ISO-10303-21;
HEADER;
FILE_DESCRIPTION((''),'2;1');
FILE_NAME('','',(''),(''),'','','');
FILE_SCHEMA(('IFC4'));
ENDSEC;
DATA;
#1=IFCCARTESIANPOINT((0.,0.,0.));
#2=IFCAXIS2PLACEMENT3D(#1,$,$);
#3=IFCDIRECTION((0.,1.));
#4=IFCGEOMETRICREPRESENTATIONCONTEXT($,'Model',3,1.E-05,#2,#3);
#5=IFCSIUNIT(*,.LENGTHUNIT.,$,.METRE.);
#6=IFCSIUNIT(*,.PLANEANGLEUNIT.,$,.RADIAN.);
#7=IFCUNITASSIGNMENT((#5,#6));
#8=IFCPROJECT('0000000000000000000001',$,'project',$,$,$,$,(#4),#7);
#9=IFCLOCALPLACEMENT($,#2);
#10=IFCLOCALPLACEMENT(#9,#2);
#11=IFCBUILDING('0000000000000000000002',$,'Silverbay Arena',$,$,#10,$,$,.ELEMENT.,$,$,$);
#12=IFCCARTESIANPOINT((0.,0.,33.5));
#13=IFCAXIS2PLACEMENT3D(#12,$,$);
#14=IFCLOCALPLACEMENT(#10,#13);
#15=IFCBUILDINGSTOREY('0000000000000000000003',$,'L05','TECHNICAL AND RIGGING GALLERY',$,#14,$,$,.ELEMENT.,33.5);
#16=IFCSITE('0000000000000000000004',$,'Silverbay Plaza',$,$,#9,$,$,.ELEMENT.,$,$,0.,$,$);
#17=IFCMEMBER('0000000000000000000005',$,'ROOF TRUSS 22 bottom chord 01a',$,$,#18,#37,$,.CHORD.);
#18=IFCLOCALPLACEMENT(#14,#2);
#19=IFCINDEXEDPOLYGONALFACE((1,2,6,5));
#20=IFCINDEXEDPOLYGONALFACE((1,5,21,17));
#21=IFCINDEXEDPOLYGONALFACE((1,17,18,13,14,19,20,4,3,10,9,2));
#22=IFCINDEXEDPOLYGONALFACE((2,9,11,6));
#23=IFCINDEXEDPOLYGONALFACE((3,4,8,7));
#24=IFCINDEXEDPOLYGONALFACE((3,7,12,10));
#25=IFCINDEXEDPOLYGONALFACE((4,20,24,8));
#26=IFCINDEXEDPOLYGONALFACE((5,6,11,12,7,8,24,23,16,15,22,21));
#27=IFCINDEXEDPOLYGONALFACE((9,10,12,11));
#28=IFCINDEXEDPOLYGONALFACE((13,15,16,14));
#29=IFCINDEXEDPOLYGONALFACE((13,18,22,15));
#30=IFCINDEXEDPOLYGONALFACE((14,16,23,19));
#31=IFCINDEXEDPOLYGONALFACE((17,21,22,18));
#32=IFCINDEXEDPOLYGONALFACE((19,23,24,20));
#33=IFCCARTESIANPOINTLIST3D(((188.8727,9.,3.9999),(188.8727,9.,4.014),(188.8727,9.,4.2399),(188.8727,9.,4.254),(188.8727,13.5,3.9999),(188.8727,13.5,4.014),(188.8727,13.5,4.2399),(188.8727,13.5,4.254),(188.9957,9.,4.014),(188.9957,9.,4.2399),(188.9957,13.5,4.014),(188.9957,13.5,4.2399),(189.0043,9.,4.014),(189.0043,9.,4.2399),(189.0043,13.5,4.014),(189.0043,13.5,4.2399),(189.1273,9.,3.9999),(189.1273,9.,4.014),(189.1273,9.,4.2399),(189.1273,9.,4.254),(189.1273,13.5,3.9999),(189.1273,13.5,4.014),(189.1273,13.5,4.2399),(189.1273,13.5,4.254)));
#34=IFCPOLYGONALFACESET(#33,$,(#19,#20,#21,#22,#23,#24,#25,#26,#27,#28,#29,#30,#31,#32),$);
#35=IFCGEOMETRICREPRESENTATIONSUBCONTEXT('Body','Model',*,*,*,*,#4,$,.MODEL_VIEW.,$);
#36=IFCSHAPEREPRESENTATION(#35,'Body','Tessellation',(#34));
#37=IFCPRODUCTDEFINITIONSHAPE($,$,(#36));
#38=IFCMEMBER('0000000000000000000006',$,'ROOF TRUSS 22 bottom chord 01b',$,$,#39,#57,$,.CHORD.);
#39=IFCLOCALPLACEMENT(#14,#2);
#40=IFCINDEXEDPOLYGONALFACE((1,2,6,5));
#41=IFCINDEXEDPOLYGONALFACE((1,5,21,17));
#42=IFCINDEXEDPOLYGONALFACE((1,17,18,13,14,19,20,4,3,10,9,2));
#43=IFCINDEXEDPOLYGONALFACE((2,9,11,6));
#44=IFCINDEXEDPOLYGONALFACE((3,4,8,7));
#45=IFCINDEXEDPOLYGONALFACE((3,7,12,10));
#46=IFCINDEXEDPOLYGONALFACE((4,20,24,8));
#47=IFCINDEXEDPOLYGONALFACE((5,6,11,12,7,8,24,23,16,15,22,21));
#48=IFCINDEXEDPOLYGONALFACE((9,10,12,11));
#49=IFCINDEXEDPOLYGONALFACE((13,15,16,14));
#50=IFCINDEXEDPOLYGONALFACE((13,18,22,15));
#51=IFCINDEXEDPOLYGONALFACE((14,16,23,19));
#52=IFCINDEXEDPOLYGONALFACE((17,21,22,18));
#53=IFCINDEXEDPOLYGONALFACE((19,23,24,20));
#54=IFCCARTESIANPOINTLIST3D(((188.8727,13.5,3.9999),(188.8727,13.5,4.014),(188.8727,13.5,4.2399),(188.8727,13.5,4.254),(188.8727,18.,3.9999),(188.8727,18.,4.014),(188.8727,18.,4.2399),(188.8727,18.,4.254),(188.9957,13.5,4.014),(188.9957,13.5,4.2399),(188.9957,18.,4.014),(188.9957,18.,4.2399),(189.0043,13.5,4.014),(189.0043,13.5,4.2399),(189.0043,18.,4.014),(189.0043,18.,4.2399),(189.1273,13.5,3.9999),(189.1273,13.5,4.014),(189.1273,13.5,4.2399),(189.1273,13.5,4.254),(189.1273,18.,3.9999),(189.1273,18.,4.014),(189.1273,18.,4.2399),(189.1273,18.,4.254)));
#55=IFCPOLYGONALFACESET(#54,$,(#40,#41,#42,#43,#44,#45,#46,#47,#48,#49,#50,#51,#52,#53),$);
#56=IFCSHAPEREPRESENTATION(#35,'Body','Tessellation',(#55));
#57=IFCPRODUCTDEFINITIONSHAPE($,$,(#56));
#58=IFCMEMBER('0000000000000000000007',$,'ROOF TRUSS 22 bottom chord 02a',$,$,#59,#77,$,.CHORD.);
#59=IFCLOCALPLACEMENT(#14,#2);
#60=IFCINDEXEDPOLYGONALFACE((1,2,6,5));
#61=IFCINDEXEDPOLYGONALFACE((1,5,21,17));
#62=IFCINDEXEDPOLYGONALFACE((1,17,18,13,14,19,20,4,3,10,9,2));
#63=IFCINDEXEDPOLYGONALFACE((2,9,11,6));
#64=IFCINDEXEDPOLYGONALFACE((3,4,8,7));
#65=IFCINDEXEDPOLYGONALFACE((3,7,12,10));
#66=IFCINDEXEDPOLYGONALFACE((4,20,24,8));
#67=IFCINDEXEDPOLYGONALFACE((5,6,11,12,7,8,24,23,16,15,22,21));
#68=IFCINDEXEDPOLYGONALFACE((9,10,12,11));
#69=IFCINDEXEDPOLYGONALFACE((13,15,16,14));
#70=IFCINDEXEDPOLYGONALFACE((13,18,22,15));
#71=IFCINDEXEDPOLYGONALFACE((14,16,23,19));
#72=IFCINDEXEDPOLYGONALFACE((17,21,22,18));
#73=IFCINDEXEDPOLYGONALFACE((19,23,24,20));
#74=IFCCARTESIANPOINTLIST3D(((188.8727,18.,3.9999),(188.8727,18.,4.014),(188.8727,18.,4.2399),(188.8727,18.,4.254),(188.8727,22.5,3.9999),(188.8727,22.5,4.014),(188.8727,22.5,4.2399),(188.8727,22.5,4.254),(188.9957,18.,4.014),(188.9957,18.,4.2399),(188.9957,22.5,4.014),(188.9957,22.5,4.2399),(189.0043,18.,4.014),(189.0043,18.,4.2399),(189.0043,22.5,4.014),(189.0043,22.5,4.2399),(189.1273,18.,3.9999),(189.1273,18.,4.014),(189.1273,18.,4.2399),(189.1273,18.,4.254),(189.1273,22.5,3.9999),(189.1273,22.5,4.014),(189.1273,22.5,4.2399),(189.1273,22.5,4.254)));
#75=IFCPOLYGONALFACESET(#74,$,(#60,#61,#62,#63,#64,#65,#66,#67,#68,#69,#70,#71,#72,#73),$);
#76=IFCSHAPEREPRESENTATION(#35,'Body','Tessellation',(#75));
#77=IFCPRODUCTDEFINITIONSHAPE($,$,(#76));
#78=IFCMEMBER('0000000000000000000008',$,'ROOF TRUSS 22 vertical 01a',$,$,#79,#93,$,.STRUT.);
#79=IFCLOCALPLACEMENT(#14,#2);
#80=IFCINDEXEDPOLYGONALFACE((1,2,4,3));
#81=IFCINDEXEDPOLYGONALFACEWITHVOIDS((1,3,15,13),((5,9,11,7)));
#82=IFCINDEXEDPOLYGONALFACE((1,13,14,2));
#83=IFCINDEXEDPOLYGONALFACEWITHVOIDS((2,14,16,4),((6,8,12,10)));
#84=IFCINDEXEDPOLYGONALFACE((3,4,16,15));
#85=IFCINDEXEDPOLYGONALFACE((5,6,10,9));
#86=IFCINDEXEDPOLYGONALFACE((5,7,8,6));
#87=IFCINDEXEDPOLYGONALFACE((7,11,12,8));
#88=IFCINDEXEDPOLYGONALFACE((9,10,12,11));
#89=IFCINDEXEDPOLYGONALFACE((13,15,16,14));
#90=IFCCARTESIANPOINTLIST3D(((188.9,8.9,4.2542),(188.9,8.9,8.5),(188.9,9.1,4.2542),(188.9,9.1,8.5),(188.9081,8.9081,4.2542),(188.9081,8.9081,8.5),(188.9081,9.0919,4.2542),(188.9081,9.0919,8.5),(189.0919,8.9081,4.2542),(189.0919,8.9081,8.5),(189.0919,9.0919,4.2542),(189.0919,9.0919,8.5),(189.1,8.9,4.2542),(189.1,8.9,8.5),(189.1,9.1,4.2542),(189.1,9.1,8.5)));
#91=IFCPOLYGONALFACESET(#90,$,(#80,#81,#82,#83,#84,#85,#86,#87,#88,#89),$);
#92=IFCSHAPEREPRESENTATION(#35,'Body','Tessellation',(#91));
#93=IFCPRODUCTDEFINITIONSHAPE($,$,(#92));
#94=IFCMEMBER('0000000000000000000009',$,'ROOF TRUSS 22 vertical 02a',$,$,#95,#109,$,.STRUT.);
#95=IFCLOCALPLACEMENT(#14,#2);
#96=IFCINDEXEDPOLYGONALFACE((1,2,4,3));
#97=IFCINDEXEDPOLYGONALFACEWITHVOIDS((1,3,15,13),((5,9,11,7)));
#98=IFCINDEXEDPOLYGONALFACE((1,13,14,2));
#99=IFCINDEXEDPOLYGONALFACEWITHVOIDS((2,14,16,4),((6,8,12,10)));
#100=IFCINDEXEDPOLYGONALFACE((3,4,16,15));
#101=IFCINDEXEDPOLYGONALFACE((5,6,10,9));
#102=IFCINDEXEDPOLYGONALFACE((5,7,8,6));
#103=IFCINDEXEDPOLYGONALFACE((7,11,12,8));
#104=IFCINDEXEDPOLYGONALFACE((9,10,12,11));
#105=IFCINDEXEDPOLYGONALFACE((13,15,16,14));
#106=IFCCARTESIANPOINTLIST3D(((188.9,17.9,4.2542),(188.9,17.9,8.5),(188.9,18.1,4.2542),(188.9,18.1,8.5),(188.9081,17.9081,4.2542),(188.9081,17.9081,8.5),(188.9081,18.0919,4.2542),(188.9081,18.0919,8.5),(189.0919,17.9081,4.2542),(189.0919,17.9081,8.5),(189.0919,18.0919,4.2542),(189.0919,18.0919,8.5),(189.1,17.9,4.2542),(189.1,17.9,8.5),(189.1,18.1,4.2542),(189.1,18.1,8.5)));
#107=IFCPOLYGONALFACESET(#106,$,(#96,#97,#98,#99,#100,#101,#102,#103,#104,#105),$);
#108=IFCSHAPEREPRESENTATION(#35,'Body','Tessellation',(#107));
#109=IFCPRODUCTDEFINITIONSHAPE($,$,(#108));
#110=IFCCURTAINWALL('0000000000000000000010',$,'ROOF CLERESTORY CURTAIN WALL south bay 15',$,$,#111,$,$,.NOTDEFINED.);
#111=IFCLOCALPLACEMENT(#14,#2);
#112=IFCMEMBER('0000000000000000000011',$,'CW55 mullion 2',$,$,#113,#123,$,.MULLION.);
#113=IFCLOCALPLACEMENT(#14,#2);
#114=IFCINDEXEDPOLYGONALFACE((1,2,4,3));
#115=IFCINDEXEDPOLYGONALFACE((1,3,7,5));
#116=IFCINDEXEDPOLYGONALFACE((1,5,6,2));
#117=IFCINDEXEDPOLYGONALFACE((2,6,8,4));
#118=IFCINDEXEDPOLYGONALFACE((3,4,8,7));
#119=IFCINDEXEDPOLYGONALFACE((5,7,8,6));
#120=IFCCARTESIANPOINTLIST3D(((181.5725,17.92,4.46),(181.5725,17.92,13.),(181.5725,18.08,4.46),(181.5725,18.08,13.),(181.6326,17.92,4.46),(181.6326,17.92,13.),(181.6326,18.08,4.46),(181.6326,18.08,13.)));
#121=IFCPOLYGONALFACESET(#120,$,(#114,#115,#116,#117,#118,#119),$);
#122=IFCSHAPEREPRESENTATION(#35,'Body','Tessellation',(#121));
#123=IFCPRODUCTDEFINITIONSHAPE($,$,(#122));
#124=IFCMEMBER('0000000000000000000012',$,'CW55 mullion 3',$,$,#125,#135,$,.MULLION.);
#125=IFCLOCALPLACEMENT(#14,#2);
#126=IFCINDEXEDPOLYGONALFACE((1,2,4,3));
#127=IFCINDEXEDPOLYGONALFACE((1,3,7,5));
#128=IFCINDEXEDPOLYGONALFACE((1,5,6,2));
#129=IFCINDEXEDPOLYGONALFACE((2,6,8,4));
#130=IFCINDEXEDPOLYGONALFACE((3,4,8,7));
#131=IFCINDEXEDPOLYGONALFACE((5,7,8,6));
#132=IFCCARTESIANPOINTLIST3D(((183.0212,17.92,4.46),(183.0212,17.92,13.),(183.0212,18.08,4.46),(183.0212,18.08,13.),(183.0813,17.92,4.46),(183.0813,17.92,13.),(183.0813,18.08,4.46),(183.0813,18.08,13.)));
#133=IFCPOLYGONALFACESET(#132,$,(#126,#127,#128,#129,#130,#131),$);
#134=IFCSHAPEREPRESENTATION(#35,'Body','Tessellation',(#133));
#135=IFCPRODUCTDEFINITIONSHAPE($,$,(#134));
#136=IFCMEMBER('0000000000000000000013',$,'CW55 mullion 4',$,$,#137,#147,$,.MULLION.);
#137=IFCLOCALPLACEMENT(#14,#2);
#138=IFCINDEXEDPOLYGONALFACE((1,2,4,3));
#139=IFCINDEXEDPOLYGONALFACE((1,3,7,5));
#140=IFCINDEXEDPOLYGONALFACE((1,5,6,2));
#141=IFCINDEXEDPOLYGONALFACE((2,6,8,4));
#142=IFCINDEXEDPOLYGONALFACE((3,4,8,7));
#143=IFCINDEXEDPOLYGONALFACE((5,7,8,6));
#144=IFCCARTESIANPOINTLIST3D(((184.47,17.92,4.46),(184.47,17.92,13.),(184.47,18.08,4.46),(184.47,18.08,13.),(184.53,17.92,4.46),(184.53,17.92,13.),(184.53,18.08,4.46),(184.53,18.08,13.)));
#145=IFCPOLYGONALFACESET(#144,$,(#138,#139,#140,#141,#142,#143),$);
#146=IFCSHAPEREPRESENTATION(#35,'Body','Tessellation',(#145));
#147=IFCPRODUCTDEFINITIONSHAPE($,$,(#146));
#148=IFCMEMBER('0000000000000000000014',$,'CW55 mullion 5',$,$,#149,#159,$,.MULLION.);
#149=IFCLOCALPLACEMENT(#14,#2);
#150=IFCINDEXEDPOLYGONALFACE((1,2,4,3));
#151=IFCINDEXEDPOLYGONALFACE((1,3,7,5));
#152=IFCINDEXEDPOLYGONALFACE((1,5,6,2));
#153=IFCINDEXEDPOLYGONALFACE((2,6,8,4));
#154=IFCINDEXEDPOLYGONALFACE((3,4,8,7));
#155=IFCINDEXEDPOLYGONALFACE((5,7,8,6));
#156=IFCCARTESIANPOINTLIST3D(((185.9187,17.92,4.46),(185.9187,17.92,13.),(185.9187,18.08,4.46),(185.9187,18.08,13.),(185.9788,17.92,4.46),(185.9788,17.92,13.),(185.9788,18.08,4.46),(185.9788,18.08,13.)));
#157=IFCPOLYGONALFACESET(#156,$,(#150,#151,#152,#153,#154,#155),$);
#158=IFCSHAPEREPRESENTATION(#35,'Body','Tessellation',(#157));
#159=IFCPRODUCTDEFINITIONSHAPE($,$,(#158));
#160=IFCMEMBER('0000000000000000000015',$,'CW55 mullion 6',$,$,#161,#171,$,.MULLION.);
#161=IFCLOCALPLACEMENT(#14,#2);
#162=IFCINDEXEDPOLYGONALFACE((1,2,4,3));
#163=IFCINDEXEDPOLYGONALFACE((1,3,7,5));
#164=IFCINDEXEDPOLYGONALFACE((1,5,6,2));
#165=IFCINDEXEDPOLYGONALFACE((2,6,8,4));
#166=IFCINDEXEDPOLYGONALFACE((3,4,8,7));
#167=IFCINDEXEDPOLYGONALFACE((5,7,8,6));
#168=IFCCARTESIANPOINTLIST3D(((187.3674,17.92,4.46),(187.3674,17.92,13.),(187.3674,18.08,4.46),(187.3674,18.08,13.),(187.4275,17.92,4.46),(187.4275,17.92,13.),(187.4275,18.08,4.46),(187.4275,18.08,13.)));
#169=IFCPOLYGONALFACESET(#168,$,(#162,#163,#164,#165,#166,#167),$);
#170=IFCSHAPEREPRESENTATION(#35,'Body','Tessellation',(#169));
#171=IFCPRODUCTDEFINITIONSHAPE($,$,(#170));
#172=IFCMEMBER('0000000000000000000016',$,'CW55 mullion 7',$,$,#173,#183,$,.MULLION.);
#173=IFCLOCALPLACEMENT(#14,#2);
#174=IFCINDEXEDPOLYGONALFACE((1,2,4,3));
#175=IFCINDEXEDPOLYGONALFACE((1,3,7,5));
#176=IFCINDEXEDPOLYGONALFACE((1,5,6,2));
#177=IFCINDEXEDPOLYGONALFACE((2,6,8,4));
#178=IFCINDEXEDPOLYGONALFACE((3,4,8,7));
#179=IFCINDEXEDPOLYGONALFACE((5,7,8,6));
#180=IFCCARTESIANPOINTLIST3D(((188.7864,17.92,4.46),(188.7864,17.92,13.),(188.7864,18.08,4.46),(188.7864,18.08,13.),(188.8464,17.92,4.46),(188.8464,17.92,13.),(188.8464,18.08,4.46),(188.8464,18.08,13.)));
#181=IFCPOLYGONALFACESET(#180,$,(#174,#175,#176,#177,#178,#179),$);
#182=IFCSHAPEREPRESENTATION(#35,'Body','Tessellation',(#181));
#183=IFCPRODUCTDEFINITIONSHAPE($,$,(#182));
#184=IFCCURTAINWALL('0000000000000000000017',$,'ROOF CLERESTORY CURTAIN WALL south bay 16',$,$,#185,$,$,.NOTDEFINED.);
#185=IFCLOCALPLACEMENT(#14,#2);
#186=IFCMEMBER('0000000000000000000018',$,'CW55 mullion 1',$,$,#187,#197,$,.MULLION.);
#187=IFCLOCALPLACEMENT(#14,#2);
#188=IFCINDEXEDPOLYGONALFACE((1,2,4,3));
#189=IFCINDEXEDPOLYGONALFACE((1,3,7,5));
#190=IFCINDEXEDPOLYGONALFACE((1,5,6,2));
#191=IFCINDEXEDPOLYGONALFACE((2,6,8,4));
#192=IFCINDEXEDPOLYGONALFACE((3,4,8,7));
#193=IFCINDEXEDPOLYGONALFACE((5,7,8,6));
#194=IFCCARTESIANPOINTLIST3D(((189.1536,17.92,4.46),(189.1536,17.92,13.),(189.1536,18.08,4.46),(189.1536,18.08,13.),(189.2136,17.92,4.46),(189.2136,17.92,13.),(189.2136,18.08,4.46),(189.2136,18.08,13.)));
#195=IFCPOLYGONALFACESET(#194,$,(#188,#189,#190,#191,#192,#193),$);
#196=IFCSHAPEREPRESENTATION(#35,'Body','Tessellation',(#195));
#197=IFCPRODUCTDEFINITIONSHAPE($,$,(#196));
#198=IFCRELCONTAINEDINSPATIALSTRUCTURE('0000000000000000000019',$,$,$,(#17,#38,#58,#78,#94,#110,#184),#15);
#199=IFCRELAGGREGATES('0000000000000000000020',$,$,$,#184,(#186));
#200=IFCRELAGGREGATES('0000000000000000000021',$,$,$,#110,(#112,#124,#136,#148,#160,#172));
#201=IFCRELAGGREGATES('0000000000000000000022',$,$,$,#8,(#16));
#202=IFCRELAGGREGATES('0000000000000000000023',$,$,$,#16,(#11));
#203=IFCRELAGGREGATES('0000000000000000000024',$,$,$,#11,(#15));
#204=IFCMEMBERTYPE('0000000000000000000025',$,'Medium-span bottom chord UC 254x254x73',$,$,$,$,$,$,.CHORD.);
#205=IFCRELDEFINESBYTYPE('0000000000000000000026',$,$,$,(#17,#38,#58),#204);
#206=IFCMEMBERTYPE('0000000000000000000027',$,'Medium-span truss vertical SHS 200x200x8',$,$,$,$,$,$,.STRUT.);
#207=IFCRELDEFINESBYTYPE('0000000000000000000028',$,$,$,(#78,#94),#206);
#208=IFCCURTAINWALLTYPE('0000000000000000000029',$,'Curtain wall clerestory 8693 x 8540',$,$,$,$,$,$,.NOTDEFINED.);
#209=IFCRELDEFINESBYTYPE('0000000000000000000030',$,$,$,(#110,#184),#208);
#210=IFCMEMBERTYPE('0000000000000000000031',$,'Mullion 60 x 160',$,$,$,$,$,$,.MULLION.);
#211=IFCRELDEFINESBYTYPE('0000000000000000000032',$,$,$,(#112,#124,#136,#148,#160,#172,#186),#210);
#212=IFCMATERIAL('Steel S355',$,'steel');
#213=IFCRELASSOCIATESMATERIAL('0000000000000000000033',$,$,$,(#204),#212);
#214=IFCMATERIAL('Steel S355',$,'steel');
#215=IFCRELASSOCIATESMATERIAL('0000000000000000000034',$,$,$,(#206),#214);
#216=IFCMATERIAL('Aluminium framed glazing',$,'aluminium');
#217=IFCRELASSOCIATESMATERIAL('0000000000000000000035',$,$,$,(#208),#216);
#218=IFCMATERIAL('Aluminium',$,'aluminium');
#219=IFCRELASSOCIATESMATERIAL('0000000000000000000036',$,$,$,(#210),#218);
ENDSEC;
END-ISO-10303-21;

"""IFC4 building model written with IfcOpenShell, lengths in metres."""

from ifc_helpers import new_model, si_unit, direction, frame, origin, origin_2d, place, context, subcontext, project, spatial, rectangle, hollow_rectangle, i_section, extrude, material, material_profile, profile_set, type_object, element, aggregate, save


model = new_model("IFC4")

# Units and contexts
model_context = context("Model", 3, precision=1e-05, world=origin(), true_north=direction((0.0, 1.0)))
body_context = subcontext(model_context, "Body", "Model", "MODEL_VIEW")
ifc_project = project(units=[si_unit("LENGTHUNIT", "METRE"), si_unit("PLANEANGLEUNIT", "RADIAN")], contexts=[model_context])

# Site, building, storey
site_placement = place(None, origin())
site = spatial("IfcSite", under=ifc_project, at=site_placement, Name="Silverbay Plaza", CompositionType="ELEMENT", RefElevation=0.0)
building_placement = place(site_placement, origin())
building = spatial("IfcBuilding", under=site, at=building_placement, Name="Silverbay Arena", CompositionType="ELEMENT")
storey_placement = place(building_placement, frame((0.0, 0.0, 33.5)))
storey = spatial("IfcBuildingStorey", under=building, at=storey_placement, Name="L05", Description="TECHNICAL AND RIGGING GALLERY", CompositionType="ELEMENT", Elevation=33.5)

# Members
ifc_material_1 = material(Name="Steel S355", Category="steel")
ifc_material_profile_1 = material_profile(ifc_material_1, i_section(OverallWidth=0.2546, OverallDepth=0.2542, WebThickness=0.0085, FlangeThickness=0.0142, at=origin_2d()), Name="UC 254x254x73")
ifc_profile_set_1 = profile_set([ifc_material_profile_1], Name="Steel S355")
member_type_1 = type_object("IfcMemberType", Name="Medium-span bottom chord UC 254x254x73", PredefinedType="CHORD", material=ifc_profile_set_1)
for number, where, z_axis, x_axis, name in (
    (1, (189.0, 9.0, 4.127), (0.0, 1.0, 0.0), (-1.0, 0.0, 0.0), "ROOF TRUSS 22 bottom chord 01a"),
    (2, (189.0, 13.5, 4.127), (0.0, 1.0, 0.0), (-1.0, 0.0, 0.0), "ROOF TRUSS 22 bottom chord 01b"),
    (3, (189.0, 18.0, 4.127), (0.0, 1.0, 0.0), (-1.0, 0.0, 0.0), "ROOF TRUSS 22 bottom chord 02a"),
):
    element("IfcMember", number, at=place(storey_placement, frame(where, z_axis=z_axis, x_axis=x_axis)), inside=storey, type_object=member_type_1, Name=name, PredefinedType="CHORD", context=body_context, shape_type="SweptSolid", body=[
        extrude(i_section(OverallWidth=0.2546, OverallDepth=0.2542, WebThickness=0.0085, FlangeThickness=0.0142, at=origin_2d()), origin(), (0.0, 0.0, 1.0), 4.5),
    ])
ifc_material_2 = material(Name="Steel S355", Category="steel")
ifc_material_profile_2 = material_profile(ifc_material_2, hollow_rectangle(XDim=0.2, YDim=0.2, WallThickness=0.0081, at=origin_2d()), Name="SHS 200x200x8")
ifc_profile_set_2 = profile_set([ifc_material_profile_2], Name="Steel S355")
member_type_2 = type_object("IfcMemberType", Name="Medium-span truss vertical SHS 200x200x8", PredefinedType="STRUT", material=ifc_profile_set_2)
for number, where, z_axis, x_axis, name in (
    (4, (189.0, 9.0, 4.2542), (0.0, 0.0, 1.0), (1.0, 0.0, 0.0), "ROOF TRUSS 22 vertical 01a"),
    (5, (189.0, 18.0, 4.2542), (0.0, 0.0, 1.0), (1.0, 0.0, 0.0), "ROOF TRUSS 22 vertical 02a"),
):
    element("IfcMember", number, at=place(storey_placement, frame(where, z_axis=z_axis, x_axis=x_axis)), inside=storey, type_object=member_type_2, Name=name, PredefinedType="STRUT", context=body_context, shape_type="SweptSolid", body=[
        extrude(hollow_rectangle(XDim=0.2, YDim=0.2, WallThickness=0.0081, at=origin_2d()), origin(), (0.0, 0.0, 1.0), 4.2458),
    ])

# Curtain wall, members
ifc_material_3 = material(Name="Aluminium framed glazing", Category="aluminium")
curtain_wall_type = type_object("IfcCurtainWallType", Name="Curtain wall clerestory 8693 x 8540", PredefinedType="NOTDEFINED", material=ifc_material_3)
curtain_wall_1_placement = place(storey_placement, origin())
curtain_wall_1 = element("IfcCurtainWall", 6, at=curtain_wall_1_placement, inside=storey, type_object=curtain_wall_type, Name="ROOF CLERESTORY CURTAIN WALL south bay 15", PredefinedType="NOTDEFINED")
ifc_material_4 = material(Name="Aluminium", Category="aluminium")
ifc_material_profile_3 = material_profile(ifc_material_4, rectangle(XDim=0.1599, YDim=0.0601, at=origin_2d()), Name="Mullion 60 x 160")
ifc_profile_set_3 = profile_set([ifc_material_profile_3], Name="Aluminium")
member_type_3 = type_object("IfcMemberType", Name="Mullion 60 x 160", PredefinedType="MULLION", material=ifc_profile_set_3)
member_1_placement = place(storey_placement, frame((181.6025, 18.0, 4.46), z_axis=(0.0, 0.0, 1.0), x_axis=(0.0, 1.0, 0.0)))
member_1 = element("IfcMember", 7, at=member_1_placement, type_object=member_type_3, Name="CW55 mullion 2", PredefinedType="MULLION", context=body_context, shape_type="SweptSolid", body=[
    extrude(rectangle(XDim=0.1599, YDim=0.0601, at=origin_2d()), origin(), (0.0, 0.0, 1.0), 8.54),
])
member_2_placement = place(storey_placement, frame((183.0513, 18.0, 4.46), z_axis=(0.0, 0.0, 1.0), x_axis=(0.0, 1.0, 0.0)))
member_2 = element("IfcMember", 8, at=member_2_placement, type_object=member_type_3, Name="CW55 mullion 3", PredefinedType="MULLION", context=body_context, shape_type="SweptSolid", body=[
    extrude(rectangle(XDim=0.1599, YDim=0.0601, at=origin_2d()), origin(), (0.0, 0.0, 1.0), 8.54),
])
member_3_placement = place(storey_placement, frame((184.5, 18.0, 4.46), z_axis=(0.0, 0.0, 1.0), x_axis=(0.0, 1.0, 0.0)))
member_3 = element("IfcMember", 9, at=member_3_placement, type_object=member_type_3, Name="CW55 mullion 4", PredefinedType="MULLION", context=body_context, shape_type="SweptSolid", body=[
    extrude(rectangle(XDim=0.1599, YDim=0.0601, at=origin_2d()), origin(), (0.0, 0.0, 1.0), 8.54),
])
member_4_placement = place(storey_placement, frame((185.9487, 18.0, 4.46), z_axis=(0.0, 0.0, 1.0), x_axis=(0.0, 1.0, 0.0)))
member_4 = element("IfcMember", 10, at=member_4_placement, type_object=member_type_3, Name="CW55 mullion 5", PredefinedType="MULLION", context=body_context, shape_type="SweptSolid", body=[
    extrude(rectangle(XDim=0.1599, YDim=0.0601, at=origin_2d()), origin(), (0.0, 0.0, 1.0), 8.54),
])
member_5_placement = place(storey_placement, frame((187.3975, 18.0, 4.46), z_axis=(0.0, 0.0, 1.0), x_axis=(0.0, 1.0, 0.0)))
member_5 = element("IfcMember", 11, at=member_5_placement, type_object=member_type_3, Name="CW55 mullion 6", PredefinedType="MULLION", context=body_context, shape_type="SweptSolid", body=[
    extrude(rectangle(XDim=0.1599, YDim=0.0601, at=origin_2d()), origin(), (0.0, 0.0, 1.0), 8.54),
])
member_6_placement = place(storey_placement, frame((188.8164, 18.0, 4.46), z_axis=(0.0, 0.0, 1.0), x_axis=(0.0, 1.0, 0.0)))
member_6 = element("IfcMember", 12, at=member_6_placement, type_object=member_type_3, Name="CW55 mullion 7", PredefinedType="MULLION", context=body_context, shape_type="SweptSolid", body=[
    extrude(rectangle(XDim=0.1599, YDim=0.0601, at=origin_2d()), origin(), (0.0, 0.0, 1.0), 8.54),
])

# Curtain wall, member
curtain_wall_2_placement = place(storey_placement, origin())
curtain_wall_2 = element("IfcCurtainWall", 13, at=curtain_wall_2_placement, inside=storey, type_object=curtain_wall_type, Name="ROOF CLERESTORY CURTAIN WALL south bay 16", PredefinedType="NOTDEFINED")
member_7_placement = place(storey_placement, frame((189.1836, 18.0, 4.46), z_axis=(0.0, 0.0, 1.0), x_axis=(0.0, 1.0, 0.0)))
member_7 = element("IfcMember", 14, at=member_7_placement, type_object=member_type_3, Name="CW55 mullion 1", PredefinedType="MULLION", context=body_context, shape_type="SweptSolid", body=[
    extrude(rectangle(XDim=0.1599, YDim=0.0601, at=origin_2d()), origin(), (0.0, 0.0, 1.0), 8.54),
])

aggregate(curtain_wall_2, [member_7])

aggregate(curtain_wall_1, [member_1, member_2, member_3, member_4, member_5, member_6])

save(model, "model.ifc")
